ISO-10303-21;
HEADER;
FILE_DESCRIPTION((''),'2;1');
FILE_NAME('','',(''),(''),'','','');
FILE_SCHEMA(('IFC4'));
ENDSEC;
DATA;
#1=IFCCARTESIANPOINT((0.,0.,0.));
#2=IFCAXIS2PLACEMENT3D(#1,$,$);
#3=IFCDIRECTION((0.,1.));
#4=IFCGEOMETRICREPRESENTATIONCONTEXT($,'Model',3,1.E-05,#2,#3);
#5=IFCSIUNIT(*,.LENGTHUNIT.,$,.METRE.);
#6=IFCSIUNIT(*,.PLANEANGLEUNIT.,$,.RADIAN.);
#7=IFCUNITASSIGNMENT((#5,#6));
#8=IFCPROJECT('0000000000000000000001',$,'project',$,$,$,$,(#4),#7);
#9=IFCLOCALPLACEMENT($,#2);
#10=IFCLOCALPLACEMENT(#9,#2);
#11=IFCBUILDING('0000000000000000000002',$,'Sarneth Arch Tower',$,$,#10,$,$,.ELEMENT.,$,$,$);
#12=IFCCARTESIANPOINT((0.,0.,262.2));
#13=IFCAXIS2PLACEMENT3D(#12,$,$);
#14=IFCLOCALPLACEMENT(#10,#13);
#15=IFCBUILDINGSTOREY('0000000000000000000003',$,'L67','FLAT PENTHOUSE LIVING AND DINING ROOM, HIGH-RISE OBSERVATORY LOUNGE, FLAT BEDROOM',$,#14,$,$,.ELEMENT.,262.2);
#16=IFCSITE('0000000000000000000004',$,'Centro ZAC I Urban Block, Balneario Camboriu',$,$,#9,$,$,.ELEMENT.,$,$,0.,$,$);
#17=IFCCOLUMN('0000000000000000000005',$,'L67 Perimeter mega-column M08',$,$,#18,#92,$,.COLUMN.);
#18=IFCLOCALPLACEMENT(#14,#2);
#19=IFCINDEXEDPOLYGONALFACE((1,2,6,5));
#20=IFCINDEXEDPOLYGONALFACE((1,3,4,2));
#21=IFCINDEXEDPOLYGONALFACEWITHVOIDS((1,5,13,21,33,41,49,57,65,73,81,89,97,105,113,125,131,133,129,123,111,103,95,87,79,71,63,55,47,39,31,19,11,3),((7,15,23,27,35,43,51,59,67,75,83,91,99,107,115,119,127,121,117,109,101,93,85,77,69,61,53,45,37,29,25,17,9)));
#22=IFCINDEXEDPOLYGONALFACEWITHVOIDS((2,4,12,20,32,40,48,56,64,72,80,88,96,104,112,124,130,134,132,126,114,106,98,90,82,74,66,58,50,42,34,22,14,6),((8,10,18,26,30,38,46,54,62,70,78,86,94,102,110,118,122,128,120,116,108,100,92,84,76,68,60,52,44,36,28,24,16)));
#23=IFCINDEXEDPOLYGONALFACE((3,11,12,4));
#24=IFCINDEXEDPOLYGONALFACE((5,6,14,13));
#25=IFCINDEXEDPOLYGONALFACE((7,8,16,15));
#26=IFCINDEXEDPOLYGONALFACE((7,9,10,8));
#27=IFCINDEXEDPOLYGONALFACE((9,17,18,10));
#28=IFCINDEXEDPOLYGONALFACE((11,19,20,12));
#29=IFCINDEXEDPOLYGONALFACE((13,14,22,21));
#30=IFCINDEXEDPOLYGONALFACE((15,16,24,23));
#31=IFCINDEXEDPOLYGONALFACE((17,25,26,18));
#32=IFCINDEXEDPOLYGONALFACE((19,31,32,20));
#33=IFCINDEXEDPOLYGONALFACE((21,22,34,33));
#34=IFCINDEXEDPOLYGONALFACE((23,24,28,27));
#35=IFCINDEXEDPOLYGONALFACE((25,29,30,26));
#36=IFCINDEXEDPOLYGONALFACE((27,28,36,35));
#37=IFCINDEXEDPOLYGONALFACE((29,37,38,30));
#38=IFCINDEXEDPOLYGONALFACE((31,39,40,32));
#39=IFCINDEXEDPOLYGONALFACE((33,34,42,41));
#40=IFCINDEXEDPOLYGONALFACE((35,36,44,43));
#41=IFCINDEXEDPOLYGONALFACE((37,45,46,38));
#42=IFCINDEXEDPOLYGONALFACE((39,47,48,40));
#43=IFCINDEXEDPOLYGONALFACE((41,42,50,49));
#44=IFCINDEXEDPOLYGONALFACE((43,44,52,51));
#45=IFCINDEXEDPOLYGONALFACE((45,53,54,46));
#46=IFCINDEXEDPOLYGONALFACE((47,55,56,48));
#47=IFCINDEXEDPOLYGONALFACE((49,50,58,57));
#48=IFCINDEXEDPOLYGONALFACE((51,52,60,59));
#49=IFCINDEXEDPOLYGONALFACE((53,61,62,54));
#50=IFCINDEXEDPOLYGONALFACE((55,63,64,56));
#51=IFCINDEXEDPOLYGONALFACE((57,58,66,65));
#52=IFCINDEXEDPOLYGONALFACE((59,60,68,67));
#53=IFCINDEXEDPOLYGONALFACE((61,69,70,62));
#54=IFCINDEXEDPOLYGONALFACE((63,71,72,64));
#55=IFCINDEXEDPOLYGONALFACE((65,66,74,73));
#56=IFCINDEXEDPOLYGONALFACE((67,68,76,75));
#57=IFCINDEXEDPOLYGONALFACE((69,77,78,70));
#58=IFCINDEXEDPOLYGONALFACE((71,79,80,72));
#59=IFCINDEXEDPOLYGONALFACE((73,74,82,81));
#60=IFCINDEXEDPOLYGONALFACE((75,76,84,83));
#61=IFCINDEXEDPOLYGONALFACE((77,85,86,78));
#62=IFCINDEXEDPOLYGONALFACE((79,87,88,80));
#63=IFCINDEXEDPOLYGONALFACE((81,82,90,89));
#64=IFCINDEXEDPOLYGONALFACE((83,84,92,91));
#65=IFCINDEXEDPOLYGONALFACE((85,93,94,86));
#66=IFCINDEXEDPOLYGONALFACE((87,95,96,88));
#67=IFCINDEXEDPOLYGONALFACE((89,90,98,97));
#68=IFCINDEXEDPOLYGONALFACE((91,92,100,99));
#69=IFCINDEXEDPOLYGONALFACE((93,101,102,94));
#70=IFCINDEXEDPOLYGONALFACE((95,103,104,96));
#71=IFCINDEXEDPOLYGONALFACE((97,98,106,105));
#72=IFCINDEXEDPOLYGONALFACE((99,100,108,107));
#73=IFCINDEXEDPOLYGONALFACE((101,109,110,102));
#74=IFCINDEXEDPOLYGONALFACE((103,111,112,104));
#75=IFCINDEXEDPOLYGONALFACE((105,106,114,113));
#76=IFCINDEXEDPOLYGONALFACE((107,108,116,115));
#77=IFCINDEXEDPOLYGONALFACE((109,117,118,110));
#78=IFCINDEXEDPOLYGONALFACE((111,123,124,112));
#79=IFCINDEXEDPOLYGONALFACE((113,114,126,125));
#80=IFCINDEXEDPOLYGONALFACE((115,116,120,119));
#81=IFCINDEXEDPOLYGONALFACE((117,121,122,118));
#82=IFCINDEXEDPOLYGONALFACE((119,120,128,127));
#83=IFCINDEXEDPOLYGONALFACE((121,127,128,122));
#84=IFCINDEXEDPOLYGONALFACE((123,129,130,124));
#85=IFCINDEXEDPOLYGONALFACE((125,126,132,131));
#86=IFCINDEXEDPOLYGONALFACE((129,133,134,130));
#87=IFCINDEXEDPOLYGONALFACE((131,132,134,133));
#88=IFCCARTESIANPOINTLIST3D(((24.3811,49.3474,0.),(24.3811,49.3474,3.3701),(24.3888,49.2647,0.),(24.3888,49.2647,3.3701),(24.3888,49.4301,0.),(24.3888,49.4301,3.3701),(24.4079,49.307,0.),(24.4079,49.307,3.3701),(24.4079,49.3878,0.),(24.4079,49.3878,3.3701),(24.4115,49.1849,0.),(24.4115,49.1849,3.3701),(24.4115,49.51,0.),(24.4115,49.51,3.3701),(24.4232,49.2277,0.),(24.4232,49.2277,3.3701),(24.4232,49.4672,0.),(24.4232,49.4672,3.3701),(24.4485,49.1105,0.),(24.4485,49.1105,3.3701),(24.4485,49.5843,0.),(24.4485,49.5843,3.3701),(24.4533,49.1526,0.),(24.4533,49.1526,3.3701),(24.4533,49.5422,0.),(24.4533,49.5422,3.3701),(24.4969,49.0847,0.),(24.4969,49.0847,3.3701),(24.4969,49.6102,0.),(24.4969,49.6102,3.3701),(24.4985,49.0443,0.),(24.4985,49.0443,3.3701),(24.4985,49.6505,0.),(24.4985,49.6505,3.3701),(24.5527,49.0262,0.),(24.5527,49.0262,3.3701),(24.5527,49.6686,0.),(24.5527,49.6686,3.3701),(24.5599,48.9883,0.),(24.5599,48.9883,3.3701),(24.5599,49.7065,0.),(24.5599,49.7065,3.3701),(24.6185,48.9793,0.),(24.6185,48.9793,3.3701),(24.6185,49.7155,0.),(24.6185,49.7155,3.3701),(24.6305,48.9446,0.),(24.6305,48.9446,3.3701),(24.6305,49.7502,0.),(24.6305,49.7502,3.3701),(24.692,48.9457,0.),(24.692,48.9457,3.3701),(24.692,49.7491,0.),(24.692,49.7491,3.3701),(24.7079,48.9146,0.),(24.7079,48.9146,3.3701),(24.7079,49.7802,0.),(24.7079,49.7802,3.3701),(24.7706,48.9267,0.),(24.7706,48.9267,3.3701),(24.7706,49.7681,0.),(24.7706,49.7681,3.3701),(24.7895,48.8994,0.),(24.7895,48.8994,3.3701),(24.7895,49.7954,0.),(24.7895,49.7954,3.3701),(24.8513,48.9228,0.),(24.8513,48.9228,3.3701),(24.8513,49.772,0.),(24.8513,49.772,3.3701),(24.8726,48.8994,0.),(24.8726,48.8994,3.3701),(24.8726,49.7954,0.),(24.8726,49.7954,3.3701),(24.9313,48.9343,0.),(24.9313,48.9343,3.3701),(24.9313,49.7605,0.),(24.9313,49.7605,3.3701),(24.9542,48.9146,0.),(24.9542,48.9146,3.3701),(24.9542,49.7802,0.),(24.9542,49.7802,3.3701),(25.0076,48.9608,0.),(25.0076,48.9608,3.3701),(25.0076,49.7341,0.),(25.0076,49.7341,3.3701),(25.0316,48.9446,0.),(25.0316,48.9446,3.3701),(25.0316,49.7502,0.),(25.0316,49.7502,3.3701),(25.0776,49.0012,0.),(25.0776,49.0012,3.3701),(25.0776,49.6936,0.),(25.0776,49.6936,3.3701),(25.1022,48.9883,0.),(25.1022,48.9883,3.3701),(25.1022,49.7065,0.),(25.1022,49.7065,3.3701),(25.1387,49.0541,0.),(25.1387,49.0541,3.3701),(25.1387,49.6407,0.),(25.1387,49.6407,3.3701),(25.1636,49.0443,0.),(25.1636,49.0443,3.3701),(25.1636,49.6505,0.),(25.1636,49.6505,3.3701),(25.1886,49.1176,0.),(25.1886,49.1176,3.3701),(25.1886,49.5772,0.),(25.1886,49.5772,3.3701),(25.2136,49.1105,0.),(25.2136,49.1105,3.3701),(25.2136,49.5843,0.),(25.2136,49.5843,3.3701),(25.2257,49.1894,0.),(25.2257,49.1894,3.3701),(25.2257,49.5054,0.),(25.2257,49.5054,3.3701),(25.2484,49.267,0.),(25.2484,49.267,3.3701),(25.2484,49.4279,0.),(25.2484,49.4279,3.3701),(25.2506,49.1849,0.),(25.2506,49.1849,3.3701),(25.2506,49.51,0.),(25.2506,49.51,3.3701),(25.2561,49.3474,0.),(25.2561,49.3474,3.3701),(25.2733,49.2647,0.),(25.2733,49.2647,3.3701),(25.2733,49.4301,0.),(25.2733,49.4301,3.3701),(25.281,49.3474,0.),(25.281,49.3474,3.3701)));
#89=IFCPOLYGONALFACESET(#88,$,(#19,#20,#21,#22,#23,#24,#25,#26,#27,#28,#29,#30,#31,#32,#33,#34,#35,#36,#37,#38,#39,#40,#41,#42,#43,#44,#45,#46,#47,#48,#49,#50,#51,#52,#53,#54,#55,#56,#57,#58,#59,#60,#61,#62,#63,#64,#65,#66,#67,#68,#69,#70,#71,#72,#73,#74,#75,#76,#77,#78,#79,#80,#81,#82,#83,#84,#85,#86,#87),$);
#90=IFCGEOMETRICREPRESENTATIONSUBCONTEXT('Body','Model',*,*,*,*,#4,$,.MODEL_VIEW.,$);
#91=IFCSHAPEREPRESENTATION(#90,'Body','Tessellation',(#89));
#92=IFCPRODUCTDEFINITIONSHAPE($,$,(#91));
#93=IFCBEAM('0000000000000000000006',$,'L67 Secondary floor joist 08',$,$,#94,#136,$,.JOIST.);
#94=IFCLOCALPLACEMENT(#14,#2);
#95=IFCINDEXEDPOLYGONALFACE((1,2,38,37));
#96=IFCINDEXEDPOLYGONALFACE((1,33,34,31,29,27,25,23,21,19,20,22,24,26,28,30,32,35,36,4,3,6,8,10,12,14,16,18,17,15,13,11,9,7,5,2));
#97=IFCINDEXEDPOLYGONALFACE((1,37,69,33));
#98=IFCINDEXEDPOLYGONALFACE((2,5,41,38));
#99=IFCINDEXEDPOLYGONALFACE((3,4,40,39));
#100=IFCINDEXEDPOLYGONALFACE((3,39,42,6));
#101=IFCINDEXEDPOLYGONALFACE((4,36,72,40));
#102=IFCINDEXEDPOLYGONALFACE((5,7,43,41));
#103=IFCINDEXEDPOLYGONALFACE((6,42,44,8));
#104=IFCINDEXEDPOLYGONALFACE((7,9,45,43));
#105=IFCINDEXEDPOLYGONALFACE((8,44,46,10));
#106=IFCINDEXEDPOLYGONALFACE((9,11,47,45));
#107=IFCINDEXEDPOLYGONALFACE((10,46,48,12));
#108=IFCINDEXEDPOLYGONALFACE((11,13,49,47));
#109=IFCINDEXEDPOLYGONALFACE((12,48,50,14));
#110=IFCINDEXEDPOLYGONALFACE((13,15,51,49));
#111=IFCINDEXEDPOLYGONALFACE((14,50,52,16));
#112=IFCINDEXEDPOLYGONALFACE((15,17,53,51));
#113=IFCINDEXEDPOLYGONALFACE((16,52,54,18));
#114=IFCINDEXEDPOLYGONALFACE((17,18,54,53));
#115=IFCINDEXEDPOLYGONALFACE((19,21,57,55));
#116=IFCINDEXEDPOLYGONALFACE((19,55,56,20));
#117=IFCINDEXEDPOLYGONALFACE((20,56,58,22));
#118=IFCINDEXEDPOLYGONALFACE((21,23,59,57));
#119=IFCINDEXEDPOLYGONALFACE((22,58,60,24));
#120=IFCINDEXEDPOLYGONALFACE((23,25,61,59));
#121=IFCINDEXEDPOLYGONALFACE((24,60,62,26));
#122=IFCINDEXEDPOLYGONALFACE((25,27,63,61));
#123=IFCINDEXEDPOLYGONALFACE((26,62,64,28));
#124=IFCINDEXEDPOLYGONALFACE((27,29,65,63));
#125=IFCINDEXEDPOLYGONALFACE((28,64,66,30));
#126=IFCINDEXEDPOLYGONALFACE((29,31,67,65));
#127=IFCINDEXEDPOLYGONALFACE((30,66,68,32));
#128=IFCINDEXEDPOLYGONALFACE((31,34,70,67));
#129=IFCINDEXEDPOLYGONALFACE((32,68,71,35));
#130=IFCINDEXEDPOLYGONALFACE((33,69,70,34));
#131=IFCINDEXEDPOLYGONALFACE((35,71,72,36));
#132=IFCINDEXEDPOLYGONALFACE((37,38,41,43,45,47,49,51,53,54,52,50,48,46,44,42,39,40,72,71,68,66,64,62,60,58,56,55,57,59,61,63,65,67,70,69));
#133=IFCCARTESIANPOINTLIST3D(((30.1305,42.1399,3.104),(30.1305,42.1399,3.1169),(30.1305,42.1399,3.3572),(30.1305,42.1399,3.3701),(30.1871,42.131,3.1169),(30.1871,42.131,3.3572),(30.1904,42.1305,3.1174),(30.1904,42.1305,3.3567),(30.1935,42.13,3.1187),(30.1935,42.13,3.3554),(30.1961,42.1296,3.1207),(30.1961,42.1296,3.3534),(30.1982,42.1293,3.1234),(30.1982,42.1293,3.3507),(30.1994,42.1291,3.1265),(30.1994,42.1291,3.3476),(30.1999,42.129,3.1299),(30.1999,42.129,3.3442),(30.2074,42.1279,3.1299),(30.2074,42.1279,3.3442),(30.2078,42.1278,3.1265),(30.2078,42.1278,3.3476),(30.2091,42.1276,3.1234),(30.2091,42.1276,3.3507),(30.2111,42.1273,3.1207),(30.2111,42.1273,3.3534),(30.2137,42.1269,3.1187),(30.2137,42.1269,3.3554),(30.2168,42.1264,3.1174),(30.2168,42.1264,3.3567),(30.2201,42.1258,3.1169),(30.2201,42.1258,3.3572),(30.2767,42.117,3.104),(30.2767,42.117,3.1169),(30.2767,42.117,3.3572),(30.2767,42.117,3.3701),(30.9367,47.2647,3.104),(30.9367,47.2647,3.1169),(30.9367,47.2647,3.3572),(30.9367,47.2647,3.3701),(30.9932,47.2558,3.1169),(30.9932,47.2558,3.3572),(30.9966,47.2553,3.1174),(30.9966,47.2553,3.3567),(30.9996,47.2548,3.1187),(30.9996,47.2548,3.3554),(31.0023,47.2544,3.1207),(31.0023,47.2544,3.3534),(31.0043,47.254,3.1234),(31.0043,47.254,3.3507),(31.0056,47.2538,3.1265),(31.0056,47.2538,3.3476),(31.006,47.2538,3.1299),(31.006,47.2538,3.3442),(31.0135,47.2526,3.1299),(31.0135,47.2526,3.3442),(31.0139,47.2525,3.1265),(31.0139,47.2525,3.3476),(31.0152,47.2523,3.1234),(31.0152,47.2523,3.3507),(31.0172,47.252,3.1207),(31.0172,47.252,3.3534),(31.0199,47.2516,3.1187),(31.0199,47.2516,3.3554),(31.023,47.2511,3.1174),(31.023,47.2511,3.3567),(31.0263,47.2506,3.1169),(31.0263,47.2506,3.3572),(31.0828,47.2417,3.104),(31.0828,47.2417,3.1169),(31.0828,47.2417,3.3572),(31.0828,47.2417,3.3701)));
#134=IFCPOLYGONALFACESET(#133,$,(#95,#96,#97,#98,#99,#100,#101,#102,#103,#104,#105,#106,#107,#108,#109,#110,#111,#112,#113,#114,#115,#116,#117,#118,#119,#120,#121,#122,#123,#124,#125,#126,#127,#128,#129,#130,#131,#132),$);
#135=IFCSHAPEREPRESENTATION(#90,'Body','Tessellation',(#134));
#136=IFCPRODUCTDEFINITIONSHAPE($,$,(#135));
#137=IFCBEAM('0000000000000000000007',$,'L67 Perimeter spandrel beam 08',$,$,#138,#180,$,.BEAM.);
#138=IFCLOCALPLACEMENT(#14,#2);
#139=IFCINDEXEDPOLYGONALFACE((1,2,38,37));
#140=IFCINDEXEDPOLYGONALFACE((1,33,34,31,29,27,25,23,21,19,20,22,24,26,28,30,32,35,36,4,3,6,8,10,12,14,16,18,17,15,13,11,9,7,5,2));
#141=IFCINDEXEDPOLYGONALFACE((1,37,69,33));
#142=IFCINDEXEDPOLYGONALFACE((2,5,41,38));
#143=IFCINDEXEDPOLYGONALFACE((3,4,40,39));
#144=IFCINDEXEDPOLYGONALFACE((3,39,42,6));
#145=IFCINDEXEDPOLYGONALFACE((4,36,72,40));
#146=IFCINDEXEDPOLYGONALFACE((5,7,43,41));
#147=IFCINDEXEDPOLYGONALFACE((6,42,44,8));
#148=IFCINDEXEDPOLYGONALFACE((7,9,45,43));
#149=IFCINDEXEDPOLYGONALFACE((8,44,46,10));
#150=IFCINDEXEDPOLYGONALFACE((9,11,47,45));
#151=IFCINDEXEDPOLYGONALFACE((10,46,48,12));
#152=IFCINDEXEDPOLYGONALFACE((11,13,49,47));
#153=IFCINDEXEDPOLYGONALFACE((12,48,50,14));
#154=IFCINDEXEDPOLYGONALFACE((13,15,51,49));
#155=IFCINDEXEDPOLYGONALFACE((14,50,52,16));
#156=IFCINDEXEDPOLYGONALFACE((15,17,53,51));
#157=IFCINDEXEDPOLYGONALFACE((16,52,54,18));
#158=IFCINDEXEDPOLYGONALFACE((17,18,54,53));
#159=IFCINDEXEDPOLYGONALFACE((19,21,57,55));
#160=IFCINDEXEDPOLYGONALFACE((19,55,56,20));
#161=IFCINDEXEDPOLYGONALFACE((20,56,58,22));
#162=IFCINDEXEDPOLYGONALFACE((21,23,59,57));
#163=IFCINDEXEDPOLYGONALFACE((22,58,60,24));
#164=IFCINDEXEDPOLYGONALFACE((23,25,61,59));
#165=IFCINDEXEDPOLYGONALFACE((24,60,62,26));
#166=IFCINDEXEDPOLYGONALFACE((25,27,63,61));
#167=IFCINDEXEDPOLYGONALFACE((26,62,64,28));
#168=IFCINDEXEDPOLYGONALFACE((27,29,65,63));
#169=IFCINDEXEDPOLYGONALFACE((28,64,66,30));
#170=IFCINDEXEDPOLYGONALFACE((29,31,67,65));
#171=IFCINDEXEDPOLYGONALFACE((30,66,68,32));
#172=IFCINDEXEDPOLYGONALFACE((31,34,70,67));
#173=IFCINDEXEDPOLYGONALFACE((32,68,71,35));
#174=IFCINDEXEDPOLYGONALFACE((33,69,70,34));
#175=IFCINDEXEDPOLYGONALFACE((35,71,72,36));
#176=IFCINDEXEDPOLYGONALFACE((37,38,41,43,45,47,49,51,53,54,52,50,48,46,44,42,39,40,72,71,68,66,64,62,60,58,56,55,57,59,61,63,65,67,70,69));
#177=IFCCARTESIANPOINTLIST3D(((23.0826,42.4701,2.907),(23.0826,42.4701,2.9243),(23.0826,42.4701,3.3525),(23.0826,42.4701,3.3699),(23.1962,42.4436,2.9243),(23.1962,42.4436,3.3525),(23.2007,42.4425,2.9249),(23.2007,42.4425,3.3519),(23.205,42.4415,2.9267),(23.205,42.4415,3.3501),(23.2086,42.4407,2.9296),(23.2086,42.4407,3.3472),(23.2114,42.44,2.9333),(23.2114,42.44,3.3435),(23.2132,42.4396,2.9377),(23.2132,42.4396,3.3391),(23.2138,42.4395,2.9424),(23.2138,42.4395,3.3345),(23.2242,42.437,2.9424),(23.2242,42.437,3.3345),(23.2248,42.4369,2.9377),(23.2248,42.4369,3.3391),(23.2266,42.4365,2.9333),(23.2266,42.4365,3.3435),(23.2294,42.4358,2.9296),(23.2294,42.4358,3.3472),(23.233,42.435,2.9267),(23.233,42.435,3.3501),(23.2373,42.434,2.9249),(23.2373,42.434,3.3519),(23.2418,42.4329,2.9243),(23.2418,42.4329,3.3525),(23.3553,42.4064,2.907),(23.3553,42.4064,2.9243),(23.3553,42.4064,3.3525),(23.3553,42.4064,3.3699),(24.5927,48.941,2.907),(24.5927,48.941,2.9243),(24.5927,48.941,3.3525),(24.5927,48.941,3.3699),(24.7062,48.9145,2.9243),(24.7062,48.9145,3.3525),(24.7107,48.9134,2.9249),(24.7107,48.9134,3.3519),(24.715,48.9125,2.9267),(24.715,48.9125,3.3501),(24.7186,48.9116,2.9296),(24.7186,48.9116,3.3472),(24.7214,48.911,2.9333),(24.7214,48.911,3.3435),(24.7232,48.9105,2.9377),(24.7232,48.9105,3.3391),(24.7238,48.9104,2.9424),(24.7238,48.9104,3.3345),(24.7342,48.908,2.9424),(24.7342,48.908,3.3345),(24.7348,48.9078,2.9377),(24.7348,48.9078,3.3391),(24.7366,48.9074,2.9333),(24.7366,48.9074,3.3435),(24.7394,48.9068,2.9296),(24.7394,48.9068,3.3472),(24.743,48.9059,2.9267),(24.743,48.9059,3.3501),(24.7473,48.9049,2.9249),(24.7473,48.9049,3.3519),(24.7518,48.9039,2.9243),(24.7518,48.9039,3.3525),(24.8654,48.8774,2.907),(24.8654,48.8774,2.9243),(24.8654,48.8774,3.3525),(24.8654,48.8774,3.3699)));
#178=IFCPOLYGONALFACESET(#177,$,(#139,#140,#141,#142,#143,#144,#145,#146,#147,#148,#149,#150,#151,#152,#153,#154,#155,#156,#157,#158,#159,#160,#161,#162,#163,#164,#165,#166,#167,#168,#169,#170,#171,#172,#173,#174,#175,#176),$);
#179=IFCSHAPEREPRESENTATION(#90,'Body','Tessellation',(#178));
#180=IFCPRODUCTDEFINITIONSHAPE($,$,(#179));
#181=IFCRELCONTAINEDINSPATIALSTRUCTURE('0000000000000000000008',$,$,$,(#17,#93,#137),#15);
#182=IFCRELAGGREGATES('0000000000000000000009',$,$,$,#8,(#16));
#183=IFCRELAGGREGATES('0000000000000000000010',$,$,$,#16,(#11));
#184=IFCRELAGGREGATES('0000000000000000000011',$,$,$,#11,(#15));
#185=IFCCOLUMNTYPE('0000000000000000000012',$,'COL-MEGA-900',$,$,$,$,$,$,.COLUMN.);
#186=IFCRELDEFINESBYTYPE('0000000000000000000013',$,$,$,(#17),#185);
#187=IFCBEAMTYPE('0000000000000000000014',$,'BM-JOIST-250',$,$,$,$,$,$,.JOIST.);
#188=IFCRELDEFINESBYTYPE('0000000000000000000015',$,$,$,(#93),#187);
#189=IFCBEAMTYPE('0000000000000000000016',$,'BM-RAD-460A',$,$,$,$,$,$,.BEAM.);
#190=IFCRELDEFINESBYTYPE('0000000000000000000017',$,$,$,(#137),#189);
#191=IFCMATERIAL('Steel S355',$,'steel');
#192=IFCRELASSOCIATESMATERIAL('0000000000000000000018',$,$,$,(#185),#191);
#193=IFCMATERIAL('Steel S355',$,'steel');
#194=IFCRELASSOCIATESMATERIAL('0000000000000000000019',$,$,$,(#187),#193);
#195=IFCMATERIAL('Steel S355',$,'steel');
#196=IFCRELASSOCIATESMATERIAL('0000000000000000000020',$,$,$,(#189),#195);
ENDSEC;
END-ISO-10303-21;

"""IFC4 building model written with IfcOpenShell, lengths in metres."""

from ifc_helpers import new_model, si_unit, direction, frame, origin, origin_2d, place, context, subcontext, project, spatial, hollow_circle, i_section, extrude, material, material_profile, profile_set, type_object, element, save


model = new_model("IFC4")

# Units and contexts
model_context = context("Model", 3, precision=1e-05, world=origin(), true_north=direction((0.0, 1.0)))
body_context = subcontext(model_context, "Body", "Model", "MODEL_VIEW")
ifc_project = project(units=[si_unit("LENGTHUNIT", "METRE"), si_unit("PLANEANGLEUNIT", "RADIAN")], contexts=[model_context])

# Site, building, storey
site_placement = place(None, origin())
site = spatial("IfcSite", under=ifc_project, at=site_placement, Name="Centro ZAC I Urban Block, Balneario Camboriu", CompositionType="ELEMENT", RefElevation=0.0)
building_placement = place(site_placement, origin())
building = spatial("IfcBuilding", under=site, at=building_placement, Name="Sarneth Arch Tower", CompositionType="ELEMENT")
storey_placement = place(building_placement, frame((0.0, 0.0, 262.2)))
storey = spatial("IfcBuildingStorey", under=building, at=storey_placement, Name="L67", Description="FLAT PENTHOUSE LIVING AND DINING ROOM, HIGH-RISE OBSERVATORY LOUNGE, FLAT BEDROOM", CompositionType="ELEMENT", Elevation=262.2)

# Column
ifc_material_1 = material(Name="Steel S355", Category="steel")
ifc_material_profile_1 = material_profile(ifc_material_1, hollow_circle(Radius=0.45, WallThickness=0.0249, at=origin_2d()), Name="CHS900x25")
ifc_profile_set_1 = profile_set([ifc_material_profile_1], Name="Steel S355")
column_type = type_object("IfcColumnType", Name="COL-MEGA-900", PredefinedType="COLUMN", material=ifc_profile_set_1)
column_placement = place(storey_placement, frame((24.8311, 49.3474, 0.0), z_axis=(0.0, 0.0, 1.0), x_axis=(1.0, 0.0, 0.0)))
element("IfcColumn", 1, at=column_placement, inside=storey, type_object=column_type, Name="L67 Perimeter mega-column M08", PredefinedType="COLUMN", context=body_context, shape_type="SweptSolid", body=[
    extrude(hollow_circle(Radius=0.45, WallThickness=0.0249, at=origin_2d()), origin(), (0.0, 0.0, 1.0), 3.3701),
])

# Beams
ifc_material_2 = material(Name="Steel S355", Category="steel")
ifc_material_profile_2 = material_profile(ifc_material_2, i_section(OverallWidth=0.1479, OverallDepth=0.2661, WebThickness=0.0076, FlangeThickness=0.0129, FilletRadius=0.0129, at=origin_2d()), Name="W250x44.8")
ifc_profile_set_2 = profile_set([ifc_material_profile_2], Name="Steel S355")
beam_type_1 = type_object("IfcBeamType", Name="BM-JOIST-250", PredefinedType="JOIST", material=ifc_profile_set_2)
beam_1_placement = place(storey_placement, frame((31.0098, 47.2532, 3.2371), z_axis=(-0.155395, -0.987852, 0.0), x_axis=(0.987852, -0.155395, 0.0)))
element("IfcBeam", 2, at=beam_1_placement, inside=storey, type_object=beam_type_1, Name="L67 Secondary floor joist 08", PredefinedType="JOIST", context=body_context, shape_type="SweptSolid", body=[
    extrude(i_section(OverallWidth=0.1479, OverallDepth=0.2661, WebThickness=0.0076, FlangeThickness=0.0129, FilletRadius=0.0129, at=origin_2d()), origin(), (0.0, 0.0, 1.0), 5.1877),
])
ifc_material_3 = material(Name="Steel S355", Category="steel")
ifc_material_profile_3 = material_profile(ifc_material_3, i_section(OverallWidth=0.28, OverallDepth=0.4629, WebThickness=0.0107, FlangeThickness=0.0173, FilletRadius=0.0181, at=origin_2d()), Name="W460x113")
ifc_profile_set_3 = profile_set([ifc_material_profile_3], Name="Steel S355")
beam_type_2 = type_object("IfcBeamType", Name="BM-RAD-460A", PredefinedType="BEAM", material=ifc_profile_set_3)
beam_2_placement = place(storey_placement, frame((24.729, 48.9092, 3.1384), z_axis=(-0.227247, -0.973837, 0.0), x_axis=(0.973837, -0.227247, 0.0)))
element("IfcBeam", 3, at=beam_2_placement, inside=storey, type_object=beam_type_2, Name="L67 Perimeter spandrel beam 08", PredefinedType="BEAM", context=body_context, shape_type="SweptSolid", body=[
    extrude(i_section(OverallWidth=0.28, OverallDepth=0.4629, WebThickness=0.0107, FlangeThickness=0.0173, FilletRadius=0.0181, at=origin_2d()), origin(), (0.0, 0.0, 1.0), 6.6448),
])

save(model, "model.ifc")
